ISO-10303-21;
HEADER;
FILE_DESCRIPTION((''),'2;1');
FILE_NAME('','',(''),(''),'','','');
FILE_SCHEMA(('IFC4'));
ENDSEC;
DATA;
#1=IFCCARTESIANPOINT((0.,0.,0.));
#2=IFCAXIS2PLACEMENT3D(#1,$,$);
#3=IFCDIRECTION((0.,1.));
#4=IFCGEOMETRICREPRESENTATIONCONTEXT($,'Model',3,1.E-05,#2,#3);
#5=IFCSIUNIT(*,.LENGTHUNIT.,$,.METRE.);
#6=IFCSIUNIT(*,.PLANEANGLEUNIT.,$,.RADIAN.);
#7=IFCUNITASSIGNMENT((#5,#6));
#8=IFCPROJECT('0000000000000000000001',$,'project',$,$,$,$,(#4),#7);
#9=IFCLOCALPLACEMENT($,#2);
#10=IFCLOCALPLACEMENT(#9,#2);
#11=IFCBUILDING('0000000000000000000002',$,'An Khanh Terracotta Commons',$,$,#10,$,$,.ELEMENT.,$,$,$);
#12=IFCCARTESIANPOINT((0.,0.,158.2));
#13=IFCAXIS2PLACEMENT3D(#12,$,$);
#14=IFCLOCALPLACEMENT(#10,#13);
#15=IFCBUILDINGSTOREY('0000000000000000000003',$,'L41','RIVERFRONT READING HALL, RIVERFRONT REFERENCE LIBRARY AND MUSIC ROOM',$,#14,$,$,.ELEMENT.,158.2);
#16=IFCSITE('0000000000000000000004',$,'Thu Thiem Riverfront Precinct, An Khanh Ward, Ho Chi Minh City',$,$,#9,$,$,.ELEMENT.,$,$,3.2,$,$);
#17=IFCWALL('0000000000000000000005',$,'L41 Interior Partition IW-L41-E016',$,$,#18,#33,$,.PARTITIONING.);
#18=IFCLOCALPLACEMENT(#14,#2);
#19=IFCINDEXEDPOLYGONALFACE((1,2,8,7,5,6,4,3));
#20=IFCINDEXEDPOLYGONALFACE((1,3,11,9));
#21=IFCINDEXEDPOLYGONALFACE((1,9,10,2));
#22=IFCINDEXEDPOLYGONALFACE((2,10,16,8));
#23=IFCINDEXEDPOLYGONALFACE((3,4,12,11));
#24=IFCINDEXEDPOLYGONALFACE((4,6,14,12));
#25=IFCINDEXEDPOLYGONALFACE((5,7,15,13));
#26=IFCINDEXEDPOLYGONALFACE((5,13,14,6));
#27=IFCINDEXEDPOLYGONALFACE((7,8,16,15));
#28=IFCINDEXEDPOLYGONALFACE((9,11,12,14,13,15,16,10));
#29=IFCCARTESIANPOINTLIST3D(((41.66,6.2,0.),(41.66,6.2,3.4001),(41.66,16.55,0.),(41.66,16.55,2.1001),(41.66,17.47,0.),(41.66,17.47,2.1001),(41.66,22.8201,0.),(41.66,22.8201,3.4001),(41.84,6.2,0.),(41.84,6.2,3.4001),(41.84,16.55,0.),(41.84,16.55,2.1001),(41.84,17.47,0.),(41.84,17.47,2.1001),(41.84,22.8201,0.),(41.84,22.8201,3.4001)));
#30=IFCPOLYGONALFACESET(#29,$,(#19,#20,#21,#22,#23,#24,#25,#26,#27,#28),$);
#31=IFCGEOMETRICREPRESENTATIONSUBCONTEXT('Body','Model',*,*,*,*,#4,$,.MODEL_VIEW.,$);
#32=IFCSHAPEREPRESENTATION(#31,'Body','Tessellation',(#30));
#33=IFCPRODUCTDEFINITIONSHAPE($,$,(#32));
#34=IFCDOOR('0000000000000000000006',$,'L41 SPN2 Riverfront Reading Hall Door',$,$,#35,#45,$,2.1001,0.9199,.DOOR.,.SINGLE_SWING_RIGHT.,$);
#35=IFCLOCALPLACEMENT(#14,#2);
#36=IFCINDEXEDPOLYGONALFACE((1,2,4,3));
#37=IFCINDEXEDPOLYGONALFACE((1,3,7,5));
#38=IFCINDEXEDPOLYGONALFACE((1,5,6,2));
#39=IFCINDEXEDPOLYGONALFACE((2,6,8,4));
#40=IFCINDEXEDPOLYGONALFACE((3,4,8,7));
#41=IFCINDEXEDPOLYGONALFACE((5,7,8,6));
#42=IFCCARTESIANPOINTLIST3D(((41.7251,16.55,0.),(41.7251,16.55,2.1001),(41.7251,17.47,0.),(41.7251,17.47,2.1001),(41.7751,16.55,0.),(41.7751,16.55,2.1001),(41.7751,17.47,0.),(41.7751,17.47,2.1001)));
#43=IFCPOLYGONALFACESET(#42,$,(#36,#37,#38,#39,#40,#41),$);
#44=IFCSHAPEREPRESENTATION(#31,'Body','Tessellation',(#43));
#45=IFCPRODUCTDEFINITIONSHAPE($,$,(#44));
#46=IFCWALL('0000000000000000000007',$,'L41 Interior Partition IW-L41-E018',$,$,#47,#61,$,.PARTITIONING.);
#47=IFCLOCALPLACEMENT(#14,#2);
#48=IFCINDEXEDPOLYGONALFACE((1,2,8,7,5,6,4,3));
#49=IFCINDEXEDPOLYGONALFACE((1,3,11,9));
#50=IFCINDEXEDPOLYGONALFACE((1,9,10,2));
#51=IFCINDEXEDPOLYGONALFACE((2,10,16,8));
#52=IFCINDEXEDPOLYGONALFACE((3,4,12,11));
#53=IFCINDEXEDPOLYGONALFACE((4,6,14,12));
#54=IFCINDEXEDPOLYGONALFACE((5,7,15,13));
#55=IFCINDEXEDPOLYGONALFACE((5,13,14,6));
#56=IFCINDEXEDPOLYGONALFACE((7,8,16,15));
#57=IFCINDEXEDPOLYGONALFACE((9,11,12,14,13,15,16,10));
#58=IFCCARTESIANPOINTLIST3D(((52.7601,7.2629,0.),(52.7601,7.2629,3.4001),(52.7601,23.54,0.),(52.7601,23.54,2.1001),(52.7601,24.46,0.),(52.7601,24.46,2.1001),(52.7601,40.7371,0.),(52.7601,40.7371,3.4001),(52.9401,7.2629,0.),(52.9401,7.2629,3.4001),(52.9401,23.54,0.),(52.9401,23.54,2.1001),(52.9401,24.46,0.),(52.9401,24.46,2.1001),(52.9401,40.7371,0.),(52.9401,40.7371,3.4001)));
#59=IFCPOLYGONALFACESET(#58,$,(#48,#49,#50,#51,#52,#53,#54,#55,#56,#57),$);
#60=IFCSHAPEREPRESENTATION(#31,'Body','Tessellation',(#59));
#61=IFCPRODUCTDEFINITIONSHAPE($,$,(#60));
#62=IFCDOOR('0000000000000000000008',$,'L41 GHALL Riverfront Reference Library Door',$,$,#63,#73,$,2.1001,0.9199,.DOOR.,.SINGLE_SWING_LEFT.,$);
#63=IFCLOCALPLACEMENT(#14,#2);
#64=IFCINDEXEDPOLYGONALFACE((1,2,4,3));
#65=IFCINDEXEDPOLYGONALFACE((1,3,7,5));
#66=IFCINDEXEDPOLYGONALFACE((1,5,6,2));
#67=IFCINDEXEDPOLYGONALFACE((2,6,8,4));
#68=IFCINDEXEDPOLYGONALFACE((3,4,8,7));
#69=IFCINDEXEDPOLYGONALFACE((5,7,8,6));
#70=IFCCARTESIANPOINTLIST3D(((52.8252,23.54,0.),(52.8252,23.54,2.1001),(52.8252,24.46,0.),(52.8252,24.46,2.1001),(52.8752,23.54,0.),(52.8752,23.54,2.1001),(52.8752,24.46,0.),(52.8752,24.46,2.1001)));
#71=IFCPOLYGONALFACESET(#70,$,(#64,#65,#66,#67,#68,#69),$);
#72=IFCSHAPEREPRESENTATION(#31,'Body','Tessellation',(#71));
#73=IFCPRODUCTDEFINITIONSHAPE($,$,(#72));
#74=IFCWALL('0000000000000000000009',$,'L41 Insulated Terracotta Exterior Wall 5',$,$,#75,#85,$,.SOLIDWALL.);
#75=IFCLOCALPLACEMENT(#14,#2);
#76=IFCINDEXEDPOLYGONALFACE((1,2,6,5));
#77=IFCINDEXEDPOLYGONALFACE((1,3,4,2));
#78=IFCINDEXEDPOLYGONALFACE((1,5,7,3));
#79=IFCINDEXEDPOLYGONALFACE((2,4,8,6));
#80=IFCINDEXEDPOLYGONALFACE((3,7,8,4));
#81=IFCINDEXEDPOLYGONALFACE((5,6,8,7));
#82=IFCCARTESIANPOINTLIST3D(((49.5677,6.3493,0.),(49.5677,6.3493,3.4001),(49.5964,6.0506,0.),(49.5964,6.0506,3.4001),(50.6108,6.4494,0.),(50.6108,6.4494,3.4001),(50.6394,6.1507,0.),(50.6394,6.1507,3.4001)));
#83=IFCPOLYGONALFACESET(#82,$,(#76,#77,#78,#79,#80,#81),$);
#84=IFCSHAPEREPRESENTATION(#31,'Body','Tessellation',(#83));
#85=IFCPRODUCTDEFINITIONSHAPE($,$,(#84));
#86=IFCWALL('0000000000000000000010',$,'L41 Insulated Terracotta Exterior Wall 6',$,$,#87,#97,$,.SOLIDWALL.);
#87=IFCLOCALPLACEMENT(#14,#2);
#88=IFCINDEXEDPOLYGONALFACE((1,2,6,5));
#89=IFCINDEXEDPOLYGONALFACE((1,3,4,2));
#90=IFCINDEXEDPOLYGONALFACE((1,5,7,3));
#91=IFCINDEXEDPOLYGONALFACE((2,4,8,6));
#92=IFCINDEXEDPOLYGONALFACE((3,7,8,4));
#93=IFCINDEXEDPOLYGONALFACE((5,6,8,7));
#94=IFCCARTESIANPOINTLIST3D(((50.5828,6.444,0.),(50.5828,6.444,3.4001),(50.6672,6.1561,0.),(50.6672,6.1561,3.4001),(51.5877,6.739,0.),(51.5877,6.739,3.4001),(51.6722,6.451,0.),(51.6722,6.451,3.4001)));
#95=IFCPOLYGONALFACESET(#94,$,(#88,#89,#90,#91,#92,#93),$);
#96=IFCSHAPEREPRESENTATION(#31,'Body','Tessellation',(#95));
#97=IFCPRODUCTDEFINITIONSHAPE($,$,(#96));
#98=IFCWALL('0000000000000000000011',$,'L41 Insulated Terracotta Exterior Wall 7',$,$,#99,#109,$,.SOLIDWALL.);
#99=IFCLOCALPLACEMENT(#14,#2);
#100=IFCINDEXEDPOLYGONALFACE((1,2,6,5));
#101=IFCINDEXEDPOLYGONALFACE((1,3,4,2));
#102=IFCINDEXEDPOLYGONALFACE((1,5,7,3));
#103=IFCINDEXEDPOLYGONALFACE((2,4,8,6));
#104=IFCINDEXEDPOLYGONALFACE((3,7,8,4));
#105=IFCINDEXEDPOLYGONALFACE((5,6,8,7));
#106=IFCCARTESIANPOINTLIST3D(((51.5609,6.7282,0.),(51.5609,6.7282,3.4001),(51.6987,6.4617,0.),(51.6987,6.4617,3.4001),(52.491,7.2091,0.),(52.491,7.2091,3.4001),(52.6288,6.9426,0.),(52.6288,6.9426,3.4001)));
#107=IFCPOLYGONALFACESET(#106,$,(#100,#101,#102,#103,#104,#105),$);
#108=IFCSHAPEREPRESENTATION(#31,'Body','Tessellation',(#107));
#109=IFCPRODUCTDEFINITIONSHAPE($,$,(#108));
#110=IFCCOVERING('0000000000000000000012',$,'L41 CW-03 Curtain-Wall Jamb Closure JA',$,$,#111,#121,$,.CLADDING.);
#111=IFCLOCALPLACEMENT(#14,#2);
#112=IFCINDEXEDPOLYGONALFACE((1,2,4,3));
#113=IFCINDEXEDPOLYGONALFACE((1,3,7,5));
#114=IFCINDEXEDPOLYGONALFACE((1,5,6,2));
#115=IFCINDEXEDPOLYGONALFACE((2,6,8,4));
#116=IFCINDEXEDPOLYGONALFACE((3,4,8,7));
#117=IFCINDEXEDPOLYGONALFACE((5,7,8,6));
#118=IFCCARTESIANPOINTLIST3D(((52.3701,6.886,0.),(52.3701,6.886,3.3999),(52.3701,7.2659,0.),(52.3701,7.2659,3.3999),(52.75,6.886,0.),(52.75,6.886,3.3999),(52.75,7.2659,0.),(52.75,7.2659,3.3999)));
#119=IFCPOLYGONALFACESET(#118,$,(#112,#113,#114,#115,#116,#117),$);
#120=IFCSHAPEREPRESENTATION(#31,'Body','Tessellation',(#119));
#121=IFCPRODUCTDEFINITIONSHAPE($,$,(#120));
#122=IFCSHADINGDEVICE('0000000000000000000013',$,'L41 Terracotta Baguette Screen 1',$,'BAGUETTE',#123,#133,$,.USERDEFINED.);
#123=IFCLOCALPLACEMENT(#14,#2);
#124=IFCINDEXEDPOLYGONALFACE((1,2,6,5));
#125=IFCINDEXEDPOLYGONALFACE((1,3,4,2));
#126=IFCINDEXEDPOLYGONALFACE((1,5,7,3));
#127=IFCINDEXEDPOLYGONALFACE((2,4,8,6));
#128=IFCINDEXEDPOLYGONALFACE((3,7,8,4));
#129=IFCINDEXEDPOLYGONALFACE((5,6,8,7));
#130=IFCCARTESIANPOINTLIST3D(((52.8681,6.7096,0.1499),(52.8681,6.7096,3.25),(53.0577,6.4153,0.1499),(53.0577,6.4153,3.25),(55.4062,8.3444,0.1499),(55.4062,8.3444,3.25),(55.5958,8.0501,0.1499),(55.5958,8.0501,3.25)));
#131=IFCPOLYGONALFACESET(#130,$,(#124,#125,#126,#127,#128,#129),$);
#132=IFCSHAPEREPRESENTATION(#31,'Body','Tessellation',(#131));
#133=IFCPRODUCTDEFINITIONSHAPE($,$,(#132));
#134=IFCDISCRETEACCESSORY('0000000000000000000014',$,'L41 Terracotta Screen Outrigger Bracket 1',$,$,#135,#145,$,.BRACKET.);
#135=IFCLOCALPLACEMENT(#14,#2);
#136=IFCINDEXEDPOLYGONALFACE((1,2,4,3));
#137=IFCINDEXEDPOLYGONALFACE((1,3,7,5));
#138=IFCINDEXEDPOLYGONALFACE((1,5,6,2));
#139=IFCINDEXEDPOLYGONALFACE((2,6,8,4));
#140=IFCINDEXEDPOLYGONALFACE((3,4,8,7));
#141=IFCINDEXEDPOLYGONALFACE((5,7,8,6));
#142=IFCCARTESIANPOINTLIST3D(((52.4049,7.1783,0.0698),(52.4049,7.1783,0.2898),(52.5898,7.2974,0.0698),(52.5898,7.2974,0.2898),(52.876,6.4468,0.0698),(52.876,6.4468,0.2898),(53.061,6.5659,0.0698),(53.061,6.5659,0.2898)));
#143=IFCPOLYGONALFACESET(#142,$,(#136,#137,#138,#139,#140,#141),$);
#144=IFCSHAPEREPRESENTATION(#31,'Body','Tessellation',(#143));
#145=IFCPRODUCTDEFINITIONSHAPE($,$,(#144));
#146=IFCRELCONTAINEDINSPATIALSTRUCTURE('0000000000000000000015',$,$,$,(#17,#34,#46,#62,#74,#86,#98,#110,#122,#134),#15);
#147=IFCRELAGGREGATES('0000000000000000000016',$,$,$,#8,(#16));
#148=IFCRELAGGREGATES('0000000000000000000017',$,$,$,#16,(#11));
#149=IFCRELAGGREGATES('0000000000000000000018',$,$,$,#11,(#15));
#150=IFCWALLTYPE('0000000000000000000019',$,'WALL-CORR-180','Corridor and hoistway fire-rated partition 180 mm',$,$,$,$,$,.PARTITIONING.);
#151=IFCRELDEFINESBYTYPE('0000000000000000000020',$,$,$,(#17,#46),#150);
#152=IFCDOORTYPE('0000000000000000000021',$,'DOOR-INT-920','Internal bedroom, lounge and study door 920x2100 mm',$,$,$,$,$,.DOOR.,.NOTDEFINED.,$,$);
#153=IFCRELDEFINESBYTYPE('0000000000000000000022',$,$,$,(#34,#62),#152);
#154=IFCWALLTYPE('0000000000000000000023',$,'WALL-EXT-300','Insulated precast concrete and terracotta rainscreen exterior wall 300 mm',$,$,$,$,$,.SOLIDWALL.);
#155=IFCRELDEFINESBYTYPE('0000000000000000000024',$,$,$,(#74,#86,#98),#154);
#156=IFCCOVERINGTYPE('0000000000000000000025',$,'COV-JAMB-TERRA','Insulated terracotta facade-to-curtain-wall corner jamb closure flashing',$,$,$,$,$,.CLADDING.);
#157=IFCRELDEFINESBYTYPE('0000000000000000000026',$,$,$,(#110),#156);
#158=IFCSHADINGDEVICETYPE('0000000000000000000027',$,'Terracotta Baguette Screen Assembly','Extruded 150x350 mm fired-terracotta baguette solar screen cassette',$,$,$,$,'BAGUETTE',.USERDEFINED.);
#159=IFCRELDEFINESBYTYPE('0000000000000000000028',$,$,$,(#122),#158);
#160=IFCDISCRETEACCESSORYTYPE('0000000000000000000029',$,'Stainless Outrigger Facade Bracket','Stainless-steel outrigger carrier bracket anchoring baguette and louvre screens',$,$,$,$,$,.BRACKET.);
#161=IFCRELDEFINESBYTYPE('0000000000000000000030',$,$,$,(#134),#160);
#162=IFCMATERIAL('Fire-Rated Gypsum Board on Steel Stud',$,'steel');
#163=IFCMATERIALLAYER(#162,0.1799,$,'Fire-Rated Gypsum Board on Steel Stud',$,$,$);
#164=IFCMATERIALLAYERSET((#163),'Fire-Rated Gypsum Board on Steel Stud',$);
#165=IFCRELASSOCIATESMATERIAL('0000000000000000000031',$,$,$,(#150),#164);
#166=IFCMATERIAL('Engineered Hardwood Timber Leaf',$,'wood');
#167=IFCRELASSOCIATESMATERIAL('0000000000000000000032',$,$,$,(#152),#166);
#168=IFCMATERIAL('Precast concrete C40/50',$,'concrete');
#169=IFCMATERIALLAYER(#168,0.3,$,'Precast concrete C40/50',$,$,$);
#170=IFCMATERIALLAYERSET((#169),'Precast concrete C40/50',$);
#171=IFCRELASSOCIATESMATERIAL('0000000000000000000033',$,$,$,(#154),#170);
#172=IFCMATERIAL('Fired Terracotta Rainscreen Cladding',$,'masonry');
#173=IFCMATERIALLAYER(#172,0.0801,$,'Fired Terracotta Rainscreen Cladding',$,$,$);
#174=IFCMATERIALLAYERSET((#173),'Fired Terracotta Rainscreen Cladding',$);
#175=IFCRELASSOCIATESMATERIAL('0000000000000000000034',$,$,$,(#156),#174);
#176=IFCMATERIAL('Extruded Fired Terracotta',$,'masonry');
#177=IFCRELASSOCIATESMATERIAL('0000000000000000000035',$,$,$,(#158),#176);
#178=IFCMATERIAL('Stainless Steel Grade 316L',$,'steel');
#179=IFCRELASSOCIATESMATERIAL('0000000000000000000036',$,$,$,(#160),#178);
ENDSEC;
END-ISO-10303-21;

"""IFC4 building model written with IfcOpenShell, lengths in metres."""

from ifc_helpers import new_model, si_unit, direction, frame, frame_2d, origin, origin_2d, place, context, subcontext, project, spatial, rectangle, extrude, material, layer, layer_set, type_object, element, fill, save


model = new_model("IFC4")

# Units and contexts
model_context = context("Model", 3, precision=1e-05, world=origin(), true_north=direction((0.0, 1.0)))
body_context = subcontext(model_context, "Body", "Model", "MODEL_VIEW")
ifc_project = project(units=[si_unit("LENGTHUNIT", "METRE"), si_unit("PLANEANGLEUNIT", "RADIAN")], contexts=[model_context])

# Site, building, storey
site_placement = place(None, origin())
site = spatial("IfcSite", under=ifc_project, at=site_placement, Name="Thu Thiem Riverfront Precinct, An Khanh Ward, Ho Chi Minh City", CompositionType="ELEMENT", RefElevation=3.2)
building_placement = place(site_placement, origin())
building = spatial("IfcBuilding", under=site, at=building_placement, Name="An Khanh Terracotta Commons", CompositionType="ELEMENT")
storey_placement = place(building_placement, frame((0.0, 0.0, 158.2)))
storey = spatial("IfcBuildingStorey", under=building, at=storey_placement, Name="L41", Description="RIVERFRONT READING HALL, RIVERFRONT REFERENCE LIBRARY AND MUSIC ROOM", CompositionType="ELEMENT", Elevation=158.2)

# Shared definitions
ifc_material_1 = material(Name="Fire-Rated Gypsum Board on Steel Stud", Category="steel")
ifc_layer_1 = layer(ifc_material_1, 0.1799, Name="Fire-Rated Gypsum Board on Steel Stud")
ifc_layer_set_1 = layer_set([ifc_layer_1], Name="Fire-Rated Gypsum Board on Steel Stud")
wall_type_1 = type_object("IfcWallType", Name="WALL-CORR-180", Description="Corridor and hoistway fire-rated partition 180 mm", PredefinedType="PARTITIONING", material=ifc_layer_set_1)

# Walls, openings, doors
wall_1_placement = place(storey_placement, frame((41.75, 6.2, 0.0), z_axis=(0.0, 0.0, 1.0), x_axis=(0.0, 1.0, 0.0)))
wall_1 = element("IfcWall", 1, at=wall_1_placement, inside=storey, type_object=wall_type_1, Name="L41 Interior Partition IW-L41-E016", PredefinedType="PARTITIONING", context=body_context, shape_type="SweptSolid", body=[
    extrude(rectangle(XDim=16.6201, YDim=0.1799, at=frame_2d((8.3101, 0.0))), origin(), (0.0, 0.0, 1.0), 3.4001),
])
opening_1_placement = place(wall_1_placement, frame((10.3501, 0.0, 0.0)))
opening_1 = element("IfcOpeningElement", 2, at=opening_1_placement, cuts=wall_1, PredefinedType="OPENING", context=body_context, shape_type="SweptSolid", body=[
    extrude(rectangle(XDim=0.9199, YDim=2.1001, at=frame_2d((0.46, 1.05))), frame((0.0, 0.0999, 0.0), z_axis=(0.0, -1.0, 0.0), x_axis=(1.0, 0.0, 0.0)), (0.0, 0.0, 1.0), 0.2),
])
ifc_material_2 = material(Name="Engineered Hardwood Timber Leaf", Category="wood")
door_type_1 = type_object("IfcDoorType", Name="DOOR-INT-920", Description="Internal bedroom, lounge and study door 920x2100 mm", OperationType="NOTDEFINED", PredefinedType="DOOR", material=ifc_material_2)
door_1_placement = place(opening_1_placement, origin())
door_1 = element("IfcDoor", 3, at=door_1_placement, inside=storey, type_object=door_type_1, Name="L41 SPN2 Riverfront Reading Hall Door", OperationType="SINGLE_SWING_RIGHT", OverallHeight=2.1001, OverallWidth=0.9199, PredefinedType="DOOR", context=body_context, shape_type="SweptSolid", body=[
    extrude(rectangle(XDim=0.9199, YDim=2.1001, at=frame_2d((0.46, 1.05))), frame((0.0, 0.0249, 0.0), z_axis=(0.0, -1.0, 0.0), x_axis=(1.0, 0.0, 0.0)), (0.0, 0.0, 1.0), 0.05),
])
fill(opening_1, door_1)
wall_2_placement = place(storey_placement, frame((52.8501, 7.2629, 0.0), z_axis=(0.0, 0.0, 1.0), x_axis=(0.0, 1.0, 0.0)))
wall_2 = element("IfcWall", 4, at=wall_2_placement, inside=storey, type_object=wall_type_1, Name="L41 Interior Partition IW-L41-E018", PredefinedType="PARTITIONING", context=body_context, shape_type="SweptSolid", body=[
    extrude(rectangle(XDim=33.4741, YDim=0.1799, at=frame_2d((16.7371, 0.0))), origin(), (0.0, 0.0, 1.0), 3.4001),
])
opening_2_placement = place(wall_2_placement, frame((16.2771, 0.0, 0.0)))
opening_2 = element("IfcOpeningElement", 5, at=opening_2_placement, cuts=wall_2, PredefinedType="OPENING", context=body_context, shape_type="SweptSolid", body=[
    extrude(rectangle(XDim=0.9199, YDim=2.1001, at=frame_2d((0.46, 1.05))), frame((0.0, 0.0999, 0.0), z_axis=(0.0, -1.0, 0.0), x_axis=(1.0, 0.0, 0.0)), (0.0, 0.0, 1.0), 0.2),
])
door_2_placement = place(opening_2_placement, origin())
door_2 = element("IfcDoor", 6, at=door_2_placement, inside=storey, type_object=door_type_1, Name="L41 GHALL Riverfront Reference Library Door", OperationType="SINGLE_SWING_LEFT", OverallHeight=2.1001, OverallWidth=0.9199, PredefinedType="DOOR", context=body_context, shape_type="SweptSolid", body=[
    extrude(rectangle(XDim=0.9199, YDim=2.1001, at=frame_2d((0.46, 1.05))), frame((0.0, 0.0249, 0.0), z_axis=(0.0, -1.0, 0.0), x_axis=(1.0, 0.0, 0.0)), (0.0, 0.0, 1.0), 0.05),
])
fill(opening_2, door_2)

# Walls
ifc_material_3 = material(Name="Precast concrete C40/50", Category="concrete")
ifc_layer_2 = layer(ifc_material_3, 0.3, Name="Precast concrete C40/50")
ifc_layer_set_2 = layer_set([ifc_layer_2], Name="Precast concrete C40/50")
wall_type_2 = type_object("IfcWallType", Name="WALL-EXT-300", Description="Insulated precast concrete and terracotta rainscreen exterior wall 300 mm", PredefinedType="SOLIDWALL", material=ifc_layer_set_2)
wall_3_placement = place(storey_placement, frame((49.582, 6.2, 0.0), z_axis=(0.0, 0.0, 1.0), x_axis=(0.995426, 0.095535, 0.0)))
element("IfcWall", 7, at=wall_3_placement, inside=storey, type_object=wall_type_2, Name="L41 Insulated Terracotta Exterior Wall 5", PredefinedType="SOLIDWALL", context=body_context, shape_type="SweptSolid", body=[
    extrude(rectangle(XDim=1.0479, YDim=0.3, at=frame_2d((0.5239, 0.0))), origin(), (0.0, 0.0, 1.0), 3.4001),
])
wall_4_placement = place(storey_placement, frame((50.625, 6.3, 0.0), z_axis=(0.0, 0.0, 1.0), x_axis=(0.959529, 0.281611, 0.0)))
element("IfcWall", 8, at=wall_4_placement, inside=storey, type_object=wall_type_2, Name="L41 Insulated Terracotta Exterior Wall 6", PredefinedType="SOLIDWALL", context=body_context, shape_type="SweptSolid", body=[
    extrude(rectangle(XDim=1.0474, YDim=0.3, at=frame_2d((0.5237, 0.0))), origin(), (0.0, 0.0, 1.0), 3.4001),
])
wall_5_placement = place(storey_placement, frame((51.6299, 6.595, 0.0), z_axis=(0.0, 0.0, 1.0), x_axis=(0.888283, 0.459296, 0.0)))
element("IfcWall", 9, at=wall_5_placement, inside=storey, type_object=wall_type_2, Name="L41 Insulated Terracotta Exterior Wall 7", PredefinedType="SOLIDWALL", context=body_context, shape_type="SweptSolid", body=[
    extrude(rectangle(XDim=1.0471, YDim=0.3, at=frame_2d((0.5234, 0.0))), origin(), (0.0, 0.0, 1.0), 3.4001),
])

# Covering
ifc_material_4 = material(Name="Fired Terracotta Rainscreen Cladding", Category="masonry")
ifc_layer_3 = layer(ifc_material_4, 0.0801, Name="Fired Terracotta Rainscreen Cladding")
ifc_layer_set_3 = layer_set([ifc_layer_3], Name="Fired Terracotta Rainscreen Cladding")
covering_type = type_object("IfcCoveringType", Name="COV-JAMB-TERRA", Description="Insulated terracotta facade-to-curtain-wall corner jamb closure flashing", PredefinedType="CLADDING", material=ifc_layer_set_3)
covering_placement = place(storey_placement, frame((52.5601, 7.0759, 0.0), z_axis=(0.0, 0.0, 1.0), x_axis=(1.0, 0.0, 0.0)))
element("IfcCovering", 10, at=covering_placement, inside=storey, type_object=covering_type, Name="L41 CW-03 Curtain-Wall Jamb Closure JA", PredefinedType="CLADDING", context=body_context, shape_type="SweptSolid", body=[
    extrude(rectangle(XDim=0.3799, YDim=0.3799, at=origin_2d()), origin(), (0.0, 0.0, 1.0), 3.3999),
])

# Shading device
ifc_material_5 = material(Name="Extruded Fired Terracotta", Category="masonry")
shading_device_type = type_object("IfcShadingDeviceType", Name="Terracotta Baguette Screen Assembly", Description="Extruded 150x350 mm fired-terracotta baguette solar screen cassette", ElementType="BAGUETTE", PredefinedType="USERDEFINED", material=ifc_material_5)
shading_device_placement = place(storey_placement, frame((54.2319, 7.3799, 0.1499), z_axis=(0.0, 0.0, 1.0), x_axis=(0.840702, 0.541498, 0.0)))
element("IfcShadingDevice", 11, at=shading_device_placement, inside=storey, type_object=shading_device_type, Name="L41 Terracotta Baguette Screen 1", ObjectType="BAGUETTE", PredefinedType="USERDEFINED", context=body_context, shape_type="SweptSolid", body=[
    extrude(rectangle(XDim=3.019, YDim=0.3501, at=origin_2d()), origin(), (0.0, 0.0, 1.0), 3.1001),
])

# Discrete accessory
ifc_material_6 = material(Name="Stainless Steel Grade 316L", Category="steel")
discrete_accessory_type = type_object("IfcDiscreteAccessoryType", Name="Stainless Outrigger Facade Bracket", Description="Stainless-steel outrigger carrier bracket anchoring baguette and louvre screens", PredefinedType="BRACKET", material=ifc_material_6)
discrete_accessory_placement = place(storey_placement, frame((52.7329, 6.8721, 0.0698), z_axis=(0.0, 0.0, 1.0), x_axis=(0.840702, 0.541498, 0.0)))
element("IfcDiscreteAccessory", 12, at=discrete_accessory_placement, inside=storey, type_object=discrete_accessory_type, Name="L41 Terracotta Screen Outrigger Bracket 1", PredefinedType="BRACKET", context=body_context, shape_type="SweptSolid", body=[
    extrude(rectangle(XDim=0.22, YDim=0.8701, at=origin_2d()), origin(), (0.0, 0.0, 1.0), 0.22),
])

save(model, "model.ifc")
